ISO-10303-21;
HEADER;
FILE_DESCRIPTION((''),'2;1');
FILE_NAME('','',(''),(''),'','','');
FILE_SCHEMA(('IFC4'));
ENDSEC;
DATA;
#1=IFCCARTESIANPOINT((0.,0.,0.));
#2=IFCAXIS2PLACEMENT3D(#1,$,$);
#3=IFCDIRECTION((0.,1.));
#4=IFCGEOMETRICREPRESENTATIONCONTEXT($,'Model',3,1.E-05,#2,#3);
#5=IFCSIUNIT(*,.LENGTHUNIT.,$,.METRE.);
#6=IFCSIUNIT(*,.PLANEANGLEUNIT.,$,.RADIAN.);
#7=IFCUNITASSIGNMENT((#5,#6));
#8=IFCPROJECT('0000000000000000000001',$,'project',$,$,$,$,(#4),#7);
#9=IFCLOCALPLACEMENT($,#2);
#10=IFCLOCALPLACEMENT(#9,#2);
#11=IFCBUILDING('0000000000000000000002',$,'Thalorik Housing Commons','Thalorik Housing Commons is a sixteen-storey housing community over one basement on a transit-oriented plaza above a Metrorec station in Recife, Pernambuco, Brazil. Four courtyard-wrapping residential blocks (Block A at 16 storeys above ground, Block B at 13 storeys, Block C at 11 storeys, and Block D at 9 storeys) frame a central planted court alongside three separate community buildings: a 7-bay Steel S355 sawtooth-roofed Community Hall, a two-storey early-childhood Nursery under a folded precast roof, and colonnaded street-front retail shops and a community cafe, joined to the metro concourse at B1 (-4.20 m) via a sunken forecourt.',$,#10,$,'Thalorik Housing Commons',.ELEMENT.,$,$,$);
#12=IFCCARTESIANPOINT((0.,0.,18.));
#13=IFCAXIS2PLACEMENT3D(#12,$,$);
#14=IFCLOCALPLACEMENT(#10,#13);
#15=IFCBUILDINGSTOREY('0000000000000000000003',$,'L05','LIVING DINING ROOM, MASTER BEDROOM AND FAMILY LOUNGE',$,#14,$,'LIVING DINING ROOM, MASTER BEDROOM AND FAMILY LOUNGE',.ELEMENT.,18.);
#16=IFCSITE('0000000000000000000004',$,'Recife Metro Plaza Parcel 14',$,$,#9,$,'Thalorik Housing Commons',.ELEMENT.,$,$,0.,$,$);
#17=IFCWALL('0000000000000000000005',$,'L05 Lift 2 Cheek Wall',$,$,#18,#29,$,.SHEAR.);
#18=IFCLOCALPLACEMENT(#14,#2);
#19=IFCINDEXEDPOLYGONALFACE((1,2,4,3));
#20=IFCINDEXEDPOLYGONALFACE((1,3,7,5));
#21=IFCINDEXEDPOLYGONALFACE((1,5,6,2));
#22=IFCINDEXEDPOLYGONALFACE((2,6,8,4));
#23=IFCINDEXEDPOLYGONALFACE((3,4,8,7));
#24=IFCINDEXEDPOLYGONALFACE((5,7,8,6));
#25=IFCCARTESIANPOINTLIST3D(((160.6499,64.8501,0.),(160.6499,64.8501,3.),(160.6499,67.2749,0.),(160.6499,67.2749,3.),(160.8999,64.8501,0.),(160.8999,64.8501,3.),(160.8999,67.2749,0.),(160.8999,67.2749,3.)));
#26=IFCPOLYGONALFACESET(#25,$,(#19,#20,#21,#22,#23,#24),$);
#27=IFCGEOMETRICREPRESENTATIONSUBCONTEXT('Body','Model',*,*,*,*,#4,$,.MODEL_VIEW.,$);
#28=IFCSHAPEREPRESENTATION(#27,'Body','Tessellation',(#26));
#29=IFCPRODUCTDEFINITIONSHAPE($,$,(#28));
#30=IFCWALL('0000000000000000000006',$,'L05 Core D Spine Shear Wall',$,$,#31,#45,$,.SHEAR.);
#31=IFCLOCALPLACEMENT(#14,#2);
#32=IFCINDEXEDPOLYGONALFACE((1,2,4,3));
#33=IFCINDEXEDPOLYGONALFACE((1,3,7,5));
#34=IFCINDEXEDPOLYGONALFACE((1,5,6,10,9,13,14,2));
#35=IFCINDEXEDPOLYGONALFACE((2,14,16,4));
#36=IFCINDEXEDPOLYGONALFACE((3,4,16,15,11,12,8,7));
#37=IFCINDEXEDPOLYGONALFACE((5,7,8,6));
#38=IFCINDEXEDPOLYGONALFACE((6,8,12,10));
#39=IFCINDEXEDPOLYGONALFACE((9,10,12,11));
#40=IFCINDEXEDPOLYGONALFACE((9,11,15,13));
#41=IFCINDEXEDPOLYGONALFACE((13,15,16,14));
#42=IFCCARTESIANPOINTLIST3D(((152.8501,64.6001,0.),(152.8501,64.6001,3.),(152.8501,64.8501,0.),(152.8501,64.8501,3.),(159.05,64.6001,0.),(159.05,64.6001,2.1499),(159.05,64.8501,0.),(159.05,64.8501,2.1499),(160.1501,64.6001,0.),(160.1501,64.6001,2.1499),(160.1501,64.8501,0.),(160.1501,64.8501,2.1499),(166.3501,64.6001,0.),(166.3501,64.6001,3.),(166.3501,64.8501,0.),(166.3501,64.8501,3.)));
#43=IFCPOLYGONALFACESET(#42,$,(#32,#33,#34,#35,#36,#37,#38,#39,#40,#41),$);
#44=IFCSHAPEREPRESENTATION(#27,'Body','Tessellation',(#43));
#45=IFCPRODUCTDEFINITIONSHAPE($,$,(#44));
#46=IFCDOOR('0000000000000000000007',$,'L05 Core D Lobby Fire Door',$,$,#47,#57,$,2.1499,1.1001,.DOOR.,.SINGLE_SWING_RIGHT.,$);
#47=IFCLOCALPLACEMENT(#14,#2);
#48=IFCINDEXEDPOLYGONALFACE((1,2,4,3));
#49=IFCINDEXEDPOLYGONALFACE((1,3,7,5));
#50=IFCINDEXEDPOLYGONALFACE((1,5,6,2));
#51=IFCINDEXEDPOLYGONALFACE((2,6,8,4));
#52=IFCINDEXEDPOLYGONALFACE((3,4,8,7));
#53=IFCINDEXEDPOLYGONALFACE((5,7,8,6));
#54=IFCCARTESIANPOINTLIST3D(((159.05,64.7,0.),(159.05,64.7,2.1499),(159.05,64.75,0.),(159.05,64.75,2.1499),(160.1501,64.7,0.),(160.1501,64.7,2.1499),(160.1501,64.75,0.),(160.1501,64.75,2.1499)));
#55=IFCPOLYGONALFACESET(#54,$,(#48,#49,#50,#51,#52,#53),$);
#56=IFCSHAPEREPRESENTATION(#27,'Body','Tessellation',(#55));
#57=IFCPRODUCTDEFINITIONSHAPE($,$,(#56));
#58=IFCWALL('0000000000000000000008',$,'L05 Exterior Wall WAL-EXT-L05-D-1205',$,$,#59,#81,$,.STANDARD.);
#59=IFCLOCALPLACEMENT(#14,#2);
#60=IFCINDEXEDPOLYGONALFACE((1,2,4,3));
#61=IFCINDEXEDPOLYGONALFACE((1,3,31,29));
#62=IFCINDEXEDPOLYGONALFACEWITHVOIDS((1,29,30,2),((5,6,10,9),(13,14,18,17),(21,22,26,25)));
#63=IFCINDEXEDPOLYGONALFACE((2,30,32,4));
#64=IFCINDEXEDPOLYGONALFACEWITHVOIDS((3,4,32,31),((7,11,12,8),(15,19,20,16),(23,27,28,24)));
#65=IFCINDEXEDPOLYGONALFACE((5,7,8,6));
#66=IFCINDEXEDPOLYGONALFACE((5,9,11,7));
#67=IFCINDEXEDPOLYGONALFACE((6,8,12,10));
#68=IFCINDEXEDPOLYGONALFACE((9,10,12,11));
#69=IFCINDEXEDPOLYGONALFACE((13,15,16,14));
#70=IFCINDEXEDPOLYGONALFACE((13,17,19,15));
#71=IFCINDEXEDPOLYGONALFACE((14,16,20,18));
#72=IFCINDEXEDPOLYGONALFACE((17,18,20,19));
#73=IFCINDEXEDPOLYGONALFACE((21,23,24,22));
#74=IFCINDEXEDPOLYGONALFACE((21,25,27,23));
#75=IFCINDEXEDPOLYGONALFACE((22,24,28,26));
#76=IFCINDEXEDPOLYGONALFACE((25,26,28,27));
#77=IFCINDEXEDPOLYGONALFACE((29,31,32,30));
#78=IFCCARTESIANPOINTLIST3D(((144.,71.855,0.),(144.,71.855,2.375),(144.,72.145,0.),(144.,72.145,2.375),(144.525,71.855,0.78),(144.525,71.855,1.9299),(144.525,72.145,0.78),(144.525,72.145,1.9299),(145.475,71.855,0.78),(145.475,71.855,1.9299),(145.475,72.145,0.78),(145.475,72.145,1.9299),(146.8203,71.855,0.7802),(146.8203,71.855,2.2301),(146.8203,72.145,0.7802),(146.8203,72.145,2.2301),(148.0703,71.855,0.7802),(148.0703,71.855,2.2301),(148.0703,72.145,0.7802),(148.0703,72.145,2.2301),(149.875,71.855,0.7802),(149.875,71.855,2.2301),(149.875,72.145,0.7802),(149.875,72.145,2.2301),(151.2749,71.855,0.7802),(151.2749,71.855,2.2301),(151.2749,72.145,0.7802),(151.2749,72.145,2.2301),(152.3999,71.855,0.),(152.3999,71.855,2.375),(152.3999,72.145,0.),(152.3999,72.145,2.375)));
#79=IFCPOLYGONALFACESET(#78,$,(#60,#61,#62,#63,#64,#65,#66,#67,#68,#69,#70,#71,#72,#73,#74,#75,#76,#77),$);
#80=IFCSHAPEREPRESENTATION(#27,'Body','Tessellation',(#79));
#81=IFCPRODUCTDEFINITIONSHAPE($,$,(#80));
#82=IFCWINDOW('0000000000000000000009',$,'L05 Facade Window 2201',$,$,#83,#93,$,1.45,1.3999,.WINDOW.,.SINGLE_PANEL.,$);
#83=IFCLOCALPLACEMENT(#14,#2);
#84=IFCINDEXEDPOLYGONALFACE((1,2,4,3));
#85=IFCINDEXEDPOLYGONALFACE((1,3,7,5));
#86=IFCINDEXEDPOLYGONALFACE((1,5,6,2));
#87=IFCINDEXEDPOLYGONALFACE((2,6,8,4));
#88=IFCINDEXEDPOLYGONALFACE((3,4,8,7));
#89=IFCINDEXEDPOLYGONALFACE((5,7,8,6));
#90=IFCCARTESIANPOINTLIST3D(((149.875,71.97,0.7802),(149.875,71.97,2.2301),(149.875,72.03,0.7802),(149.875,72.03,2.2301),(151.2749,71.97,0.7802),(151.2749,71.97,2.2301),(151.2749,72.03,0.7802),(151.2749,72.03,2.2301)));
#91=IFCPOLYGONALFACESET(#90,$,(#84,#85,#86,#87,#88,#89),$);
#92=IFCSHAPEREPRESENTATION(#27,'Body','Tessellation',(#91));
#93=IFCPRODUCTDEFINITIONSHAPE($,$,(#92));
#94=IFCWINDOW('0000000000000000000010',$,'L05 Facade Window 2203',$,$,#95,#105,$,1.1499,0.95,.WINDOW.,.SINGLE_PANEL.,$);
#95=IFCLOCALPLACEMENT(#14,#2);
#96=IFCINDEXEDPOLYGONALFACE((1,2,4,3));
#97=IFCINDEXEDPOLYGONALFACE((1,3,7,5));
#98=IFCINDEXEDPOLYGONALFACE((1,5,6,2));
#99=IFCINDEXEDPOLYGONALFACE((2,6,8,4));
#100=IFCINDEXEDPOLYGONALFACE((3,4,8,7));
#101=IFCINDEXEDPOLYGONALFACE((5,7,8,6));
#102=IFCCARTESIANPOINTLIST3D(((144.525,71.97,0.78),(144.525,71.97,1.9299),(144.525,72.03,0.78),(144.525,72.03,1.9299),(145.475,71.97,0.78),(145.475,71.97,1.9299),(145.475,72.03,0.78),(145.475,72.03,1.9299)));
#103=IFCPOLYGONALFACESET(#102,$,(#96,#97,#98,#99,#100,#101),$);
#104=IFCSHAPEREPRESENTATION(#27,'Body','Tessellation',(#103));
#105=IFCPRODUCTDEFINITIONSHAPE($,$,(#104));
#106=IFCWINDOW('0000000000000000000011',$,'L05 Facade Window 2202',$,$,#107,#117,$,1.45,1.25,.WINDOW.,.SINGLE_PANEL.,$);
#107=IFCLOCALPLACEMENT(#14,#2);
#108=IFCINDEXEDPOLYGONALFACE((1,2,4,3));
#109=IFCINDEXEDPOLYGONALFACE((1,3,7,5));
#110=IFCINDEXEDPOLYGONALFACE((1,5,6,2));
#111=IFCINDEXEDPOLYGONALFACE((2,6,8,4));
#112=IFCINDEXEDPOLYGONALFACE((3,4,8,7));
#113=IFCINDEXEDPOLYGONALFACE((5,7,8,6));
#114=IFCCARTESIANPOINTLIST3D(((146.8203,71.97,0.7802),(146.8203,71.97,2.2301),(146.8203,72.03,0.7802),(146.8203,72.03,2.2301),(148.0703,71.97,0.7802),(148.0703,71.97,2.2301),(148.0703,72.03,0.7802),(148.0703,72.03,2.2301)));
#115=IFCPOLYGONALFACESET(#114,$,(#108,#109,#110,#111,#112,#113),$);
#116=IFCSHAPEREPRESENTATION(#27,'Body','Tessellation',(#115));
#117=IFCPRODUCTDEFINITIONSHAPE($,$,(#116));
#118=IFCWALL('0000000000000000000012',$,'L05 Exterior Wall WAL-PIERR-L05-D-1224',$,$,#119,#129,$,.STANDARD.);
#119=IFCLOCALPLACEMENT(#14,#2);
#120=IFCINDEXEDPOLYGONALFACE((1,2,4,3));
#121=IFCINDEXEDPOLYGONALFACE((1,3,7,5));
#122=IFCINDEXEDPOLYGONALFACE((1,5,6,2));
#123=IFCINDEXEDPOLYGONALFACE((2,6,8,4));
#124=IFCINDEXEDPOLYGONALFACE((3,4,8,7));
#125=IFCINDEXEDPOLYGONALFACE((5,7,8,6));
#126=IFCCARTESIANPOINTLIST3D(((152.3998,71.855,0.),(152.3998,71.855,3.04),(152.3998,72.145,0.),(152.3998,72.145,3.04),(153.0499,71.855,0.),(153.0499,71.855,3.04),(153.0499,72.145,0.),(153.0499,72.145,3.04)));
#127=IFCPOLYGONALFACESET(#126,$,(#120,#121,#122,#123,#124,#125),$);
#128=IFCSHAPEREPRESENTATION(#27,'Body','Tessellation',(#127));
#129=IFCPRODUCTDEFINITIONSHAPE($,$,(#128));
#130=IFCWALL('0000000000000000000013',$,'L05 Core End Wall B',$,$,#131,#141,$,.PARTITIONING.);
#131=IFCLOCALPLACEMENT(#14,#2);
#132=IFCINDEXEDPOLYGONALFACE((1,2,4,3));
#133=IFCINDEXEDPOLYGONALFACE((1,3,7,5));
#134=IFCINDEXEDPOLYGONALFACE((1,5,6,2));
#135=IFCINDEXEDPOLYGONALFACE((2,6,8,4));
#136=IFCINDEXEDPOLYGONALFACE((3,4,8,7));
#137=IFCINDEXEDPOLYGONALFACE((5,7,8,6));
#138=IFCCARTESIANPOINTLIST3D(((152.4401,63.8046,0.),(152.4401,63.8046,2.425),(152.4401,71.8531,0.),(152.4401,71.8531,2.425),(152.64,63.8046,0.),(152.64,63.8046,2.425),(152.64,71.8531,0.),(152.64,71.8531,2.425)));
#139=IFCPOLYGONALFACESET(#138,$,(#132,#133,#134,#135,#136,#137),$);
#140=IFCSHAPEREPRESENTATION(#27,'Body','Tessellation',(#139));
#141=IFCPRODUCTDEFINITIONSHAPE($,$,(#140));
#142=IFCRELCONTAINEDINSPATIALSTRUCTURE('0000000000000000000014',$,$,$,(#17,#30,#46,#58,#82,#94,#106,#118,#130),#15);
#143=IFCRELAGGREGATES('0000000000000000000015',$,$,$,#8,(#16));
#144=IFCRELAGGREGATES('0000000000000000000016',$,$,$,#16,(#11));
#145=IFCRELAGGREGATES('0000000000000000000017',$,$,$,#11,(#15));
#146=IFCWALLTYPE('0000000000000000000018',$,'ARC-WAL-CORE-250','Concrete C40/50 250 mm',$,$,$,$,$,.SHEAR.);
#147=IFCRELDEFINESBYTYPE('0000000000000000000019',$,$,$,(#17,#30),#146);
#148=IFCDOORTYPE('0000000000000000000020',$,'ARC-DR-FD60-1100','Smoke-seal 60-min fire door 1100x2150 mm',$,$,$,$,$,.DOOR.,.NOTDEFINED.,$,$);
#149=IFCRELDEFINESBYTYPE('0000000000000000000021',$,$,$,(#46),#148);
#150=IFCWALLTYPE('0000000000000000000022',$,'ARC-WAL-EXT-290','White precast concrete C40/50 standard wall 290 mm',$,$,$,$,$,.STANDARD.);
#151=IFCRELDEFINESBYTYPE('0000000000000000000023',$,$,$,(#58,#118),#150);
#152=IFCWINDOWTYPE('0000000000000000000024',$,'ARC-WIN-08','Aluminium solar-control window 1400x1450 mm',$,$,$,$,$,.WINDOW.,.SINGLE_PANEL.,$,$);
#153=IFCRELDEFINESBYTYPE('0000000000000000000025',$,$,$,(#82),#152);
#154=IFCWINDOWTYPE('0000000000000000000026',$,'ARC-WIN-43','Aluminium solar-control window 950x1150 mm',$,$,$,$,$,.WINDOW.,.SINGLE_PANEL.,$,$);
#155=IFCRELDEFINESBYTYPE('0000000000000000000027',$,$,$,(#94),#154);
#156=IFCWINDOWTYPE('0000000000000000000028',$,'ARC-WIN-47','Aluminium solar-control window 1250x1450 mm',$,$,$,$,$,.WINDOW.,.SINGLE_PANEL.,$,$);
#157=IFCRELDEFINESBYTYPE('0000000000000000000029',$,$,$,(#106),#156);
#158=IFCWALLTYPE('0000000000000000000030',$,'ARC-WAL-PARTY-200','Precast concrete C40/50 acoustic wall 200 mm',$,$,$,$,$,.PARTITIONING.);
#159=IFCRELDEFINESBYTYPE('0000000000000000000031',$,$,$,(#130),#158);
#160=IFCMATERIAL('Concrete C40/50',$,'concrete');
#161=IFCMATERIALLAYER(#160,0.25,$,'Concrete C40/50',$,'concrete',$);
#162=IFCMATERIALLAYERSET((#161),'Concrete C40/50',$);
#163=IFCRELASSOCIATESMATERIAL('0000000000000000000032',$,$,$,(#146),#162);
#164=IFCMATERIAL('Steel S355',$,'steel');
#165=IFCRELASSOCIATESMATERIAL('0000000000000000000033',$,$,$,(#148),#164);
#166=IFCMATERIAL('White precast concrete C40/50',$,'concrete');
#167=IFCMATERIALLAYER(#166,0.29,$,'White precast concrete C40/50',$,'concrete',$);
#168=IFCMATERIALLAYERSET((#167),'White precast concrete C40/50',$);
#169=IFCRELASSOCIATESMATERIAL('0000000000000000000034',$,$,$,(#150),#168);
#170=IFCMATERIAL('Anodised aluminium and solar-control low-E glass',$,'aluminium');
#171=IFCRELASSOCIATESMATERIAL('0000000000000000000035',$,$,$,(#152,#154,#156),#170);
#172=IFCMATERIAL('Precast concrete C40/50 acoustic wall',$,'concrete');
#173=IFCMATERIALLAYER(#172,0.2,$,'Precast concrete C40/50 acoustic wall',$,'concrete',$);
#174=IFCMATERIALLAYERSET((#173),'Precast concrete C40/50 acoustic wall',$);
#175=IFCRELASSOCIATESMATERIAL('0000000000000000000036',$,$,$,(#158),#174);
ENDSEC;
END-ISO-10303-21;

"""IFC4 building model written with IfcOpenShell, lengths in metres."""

from ifc_helpers import new_model, si_unit, direction, frame, frame_2d, origin, place, context, subcontext, project, spatial, rectangle, extrude, material, layer, layer_set, type_object, element, fill, save


model = new_model("IFC4")

# Units and contexts
model_context = context("Model", 3, precision=1e-05, world=origin(), true_north=direction((0.0, 1.0)))
body_context = subcontext(model_context, "Body", "Model", "MODEL_VIEW")
ifc_project = project(units=[si_unit("LENGTHUNIT", "METRE"), si_unit("PLANEANGLEUNIT", "RADIAN")], contexts=[model_context])

# Site, building, storey
site_placement = place(None, origin())
site = spatial("IfcSite", under=ifc_project, at=site_placement, Name="Recife Metro Plaza Parcel 14", LongName="Thalorik Housing Commons", CompositionType="ELEMENT", RefElevation=0.0)
building_placement = place(site_placement, origin())
building = spatial("IfcBuilding", under=site, at=building_placement, Name="Thalorik Housing Commons", Description="Thalorik Housing Commons is a sixteen-storey housing community over one basement on a transit-oriented plaza above a Metrorec station in Recife, Pernambuco, Brazil. Four courtyard-wrapping residential blocks (Block A at 16 storeys above ground, Block B at 13 storeys, Block C at 11 storeys, and Block D at 9 storeys) frame a central planted court alongside three separate community buildings: a 7-bay Steel S355 sawtooth-roofed Community Hall, a two-storey early-childhood Nursery under a folded precast roof, and colonnaded street-front retail shops and a community cafe, joined to the metro concourse at B1 (-4.20 m) via a sunken forecourt.", LongName="Thalorik Housing Commons", CompositionType="ELEMENT")
storey_placement = place(building_placement, frame((0.0, 0.0, 18.0)))
storey = spatial("IfcBuildingStorey", under=building, at=storey_placement, Name="L05", Description="LIVING DINING ROOM, MASTER BEDROOM AND FAMILY LOUNGE", LongName="LIVING DINING ROOM, MASTER BEDROOM AND FAMILY LOUNGE", CompositionType="ELEMENT", Elevation=18.0)

# Shared definitions
ifc_material_1 = material(Name="Anodised aluminium and solar-control low-E glass", Category="aluminium")

# Shared definitions
ifc_material_2 = material(Name="Concrete C40/50", Category="concrete")
ifc_layer_1 = layer(ifc_material_2, 0.25, Name="Concrete C40/50", Category="concrete")
ifc_layer_set_1 = layer_set([ifc_layer_1], Name="Concrete C40/50")
wall_type_1 = type_object("IfcWallType", Name="ARC-WAL-CORE-250", Description="Concrete C40/50 250 mm", PredefinedType="SHEAR", material=ifc_layer_set_1)
ifc_material_3 = material(Name="Steel S355", Category="steel")

# Wall
for number, where, z_axis, x_axis, name in (
    (1, (160.7749, 67.2749, 0.0), (0.0, 0.0, 1.0), (0.0, -1.0, 0.0), "L05 Lift 2 Cheek Wall"),
):
    element("IfcWall", number, at=place(storey_placement, frame(where, z_axis=z_axis, x_axis=x_axis)), inside=storey, type_object=wall_type_1, Name=name, PredefinedType="SHEAR", context=body_context, shape_type="SweptSolid", body=[
        extrude(rectangle(XDim=2.4248, YDim=0.25, at=frame_2d((1.2124, 0.0))), origin(), (0.0, 0.0, 1.0), 3.0),
    ])

# Wall, opening, door
wall_1_placement = place(storey_placement, frame((152.8501, 64.7251, 0.0), z_axis=(0.0, 0.0, 1.0), x_axis=(1.0, 0.0, 0.0)))
wall_1 = element("IfcWall", 2, at=wall_1_placement, inside=storey, type_object=wall_type_1, Name="L05 Core D Spine Shear Wall", PredefinedType="SHEAR", context=body_context, shape_type="SweptSolid", body=[
    extrude(rectangle(XDim=13.5, YDim=0.25, at=frame_2d((6.75, 0.0))), origin(), (0.0, 0.0, 1.0), 3.0),
])
opening_1_placement = place(wall_1_placement, frame((6.2, 0.0, 0.0)))
opening_1 = element("IfcOpeningElement", 3, at=opening_1_placement, cuts=wall_1, PredefinedType="OPENING", context=body_context, shape_type="SweptSolid", body=[
    extrude(rectangle(XDim=1.1001, YDim=2.1499, at=frame_2d((0.55, 1.075))), frame((0.0, 0.135, 0.0), z_axis=(0.0, -1.0, 0.0), x_axis=(1.0, 0.0, 0.0)), (0.0, 0.0, 1.0), 0.27),
])
door_type_1 = type_object("IfcDoorType", Name="ARC-DR-FD60-1100", Description="Smoke-seal 60-min fire door 1100x2150 mm", OperationType="NOTDEFINED", PredefinedType="DOOR", material=ifc_material_3)
door_1_placement = place(opening_1_placement, origin())
door_1 = element("IfcDoor", 4, at=door_1_placement, inside=storey, type_object=door_type_1, Name="L05 Core D Lobby Fire Door", OperationType="SINGLE_SWING_RIGHT", OverallHeight=2.1499, OverallWidth=1.1001, PredefinedType="DOOR", context=body_context, shape_type="SweptSolid", body=[
    extrude(rectangle(XDim=1.1001, YDim=2.1499, at=frame_2d((0.55, 1.075))), frame((0.0, 0.0249, 0.0), z_axis=(0.0, -1.0, 0.0), x_axis=(1.0, 0.0, 0.0)), (0.0, 0.0, 1.0), 0.05),
])
fill(opening_1, door_1)

# Wall, openings, windows
ifc_material_4 = material(Name="White precast concrete C40/50", Category="concrete")
ifc_layer_2 = layer(ifc_material_4, 0.29, Name="White precast concrete C40/50", Category="concrete")
ifc_layer_set_2 = layer_set([ifc_layer_2], Name="White precast concrete C40/50")
wall_type_2 = type_object("IfcWallType", Name="ARC-WAL-EXT-290", Description="White precast concrete C40/50 standard wall 290 mm", PredefinedType="STANDARD", material=ifc_layer_set_2)
wall_2_placement = place(storey_placement, frame((152.3999, 72.0, 0.0), z_axis=(0.0, 0.0, 1.0), x_axis=(-1.0, 0.0, 0.0)))
wall_2 = element("IfcWall", 5, at=wall_2_placement, inside=storey, type_object=wall_type_2, Name="L05 Exterior Wall WAL-EXT-L05-D-1205", PredefinedType="STANDARD", context=body_context, shape_type="SweptSolid", body=[
    extrude(rectangle(XDim=8.3999, YDim=0.29, at=frame_2d((4.2, 0.0))), origin(), (0.0, 0.0, 1.0), 2.375),
])
opening_2_placement = place(wall_2_placement, frame((1.125, 0.0, 0.78)))
opening_2 = element("IfcOpeningElement", 6, at=opening_2_placement, cuts=wall_2, PredefinedType="OPENING", context=body_context, shape_type="SweptSolid", body=[
    extrude(rectangle(XDim=1.3999, YDim=1.45, at=frame_2d((0.7, 0.7251))), frame((0.0, 0.155, 0.0), z_axis=(0.0, -1.0, 0.0), x_axis=(1.0, 0.0, 0.0)), (0.0, 0.0, 1.0), 0.3101),
])
opening_3_placement = place(wall_2_placement, frame((4.3296, 0.0, 0.78)))
opening_3 = element("IfcOpeningElement", 7, at=opening_3_placement, cuts=wall_2, PredefinedType="OPENING", context=body_context, shape_type="SweptSolid", body=[
    extrude(rectangle(XDim=1.25, YDim=1.45, at=frame_2d((0.625, 0.7251))), frame((0.0, 0.155, 0.0), z_axis=(0.0, -1.0, 0.0), x_axis=(1.0, 0.0, 0.0)), (0.0, 0.0, 1.0), 0.3101),
])
opening_4_placement = place(wall_2_placement, frame((6.9248, 0.0, 0.78)))
opening_4 = element("IfcOpeningElement", 8, at=opening_4_placement, cuts=wall_2, PredefinedType="OPENING", context=body_context, shape_type="SweptSolid", body=[
    extrude(rectangle(XDim=0.95, YDim=1.1499, at=frame_2d((0.4751, 0.575))), frame((0.0, 0.155, 0.0), z_axis=(0.0, -1.0, 0.0), x_axis=(1.0, 0.0, 0.0)), (0.0, 0.0, 1.0), 0.3101),
])
window_type_1 = type_object("IfcWindowType", Name="ARC-WIN-08", Description="Aluminium solar-control window 1400x1450 mm", PartitioningType="SINGLE_PANEL", PredefinedType="WINDOW", material=ifc_material_1)
window_1_placement = place(opening_2_placement, origin())
window_1 = element("IfcWindow", 9, at=window_1_placement, inside=storey, type_object=window_type_1, Name="L05 Facade Window 2201", OverallHeight=1.45, OverallWidth=1.3999, PartitioningType="SINGLE_PANEL", PredefinedType="WINDOW", context=body_context, shape_type="SweptSolid", body=[
    extrude(rectangle(XDim=1.3999, YDim=1.45, at=frame_2d((0.7, 0.7251))), frame((0.0, 0.03, 0.0), z_axis=(0.0, -1.0, 0.0), x_axis=(1.0, 0.0, 0.0)), (0.0, 0.0, 1.0), 0.0601),
])
fill(opening_2, window_1)
window_type_2 = type_object("IfcWindowType", Name="ARC-WIN-43", Description="Aluminium solar-control window 950x1150 mm", PartitioningType="SINGLE_PANEL", PredefinedType="WINDOW", material=ifc_material_1)
window_2_placement = place(opening_4_placement, origin())
window_2 = element("IfcWindow", 10, at=window_2_placement, inside=storey, type_object=window_type_2, Name="L05 Facade Window 2203", OverallHeight=1.1499, OverallWidth=0.95, PartitioningType="SINGLE_PANEL", PredefinedType="WINDOW", context=body_context, shape_type="SweptSolid", body=[
    extrude(rectangle(XDim=0.95, YDim=1.1499, at=frame_2d((0.4751, 0.575))), frame((0.0, 0.03, 0.0), z_axis=(0.0, -1.0, 0.0), x_axis=(1.0, 0.0, 0.0)), (0.0, 0.0, 1.0), 0.0601),
])
fill(opening_4, window_2)
window_type_3 = type_object("IfcWindowType", Name="ARC-WIN-47", Description="Aluminium solar-control window 1250x1450 mm", PartitioningType="SINGLE_PANEL", PredefinedType="WINDOW", material=ifc_material_1)
window_3_placement = place(opening_3_placement, origin())
window_3 = element("IfcWindow", 11, at=window_3_placement, inside=storey, type_object=window_type_3, Name="L05 Facade Window 2202", OverallHeight=1.45, OverallWidth=1.25, PartitioningType="SINGLE_PANEL", PredefinedType="WINDOW", context=body_context, shape_type="SweptSolid", body=[
    extrude(rectangle(XDim=1.25, YDim=1.45, at=frame_2d((0.625, 0.7251))), frame((0.0, 0.03, 0.0), z_axis=(0.0, -1.0, 0.0), x_axis=(1.0, 0.0, 0.0)), (0.0, 0.0, 1.0), 0.0601),
])
fill(opening_3, window_3)

# Walls
wall_3_placement = place(storey_placement, frame((153.05, 72.0, 0.0), z_axis=(0.0, 0.0, 1.0), x_axis=(-1.0, 0.0, 0.0)))
element("IfcWall", 12, at=wall_3_placement, inside=storey, type_object=wall_type_2, Name="L05 Exterior Wall WAL-PIERR-L05-D-1224", PredefinedType="STANDARD", context=body_context, shape_type="SweptSolid", body=[
    extrude(rectangle(XDim=0.6501, YDim=0.29, at=frame_2d((0.3252, 0.0))), origin(), (0.0, 0.0, 1.0), 3.04),
])
ifc_material_5 = material(Name="Precast concrete C40/50 acoustic wall", Category="concrete")
ifc_layer_3 = layer(ifc_material_5, 0.2, Name="Precast concrete C40/50 acoustic wall", Category="concrete")
ifc_layer_set_3 = layer_set([ifc_layer_3], Name="Precast concrete C40/50 acoustic wall")
wall_type_3 = type_object("IfcWallType", Name="ARC-WAL-PARTY-200", Description="Precast concrete C40/50 acoustic wall 200 mm", PredefinedType="PARTITIONING", material=ifc_layer_set_3)
wall_4_placement = place(storey_placement, frame((152.54, 63.8044, 0.0), z_axis=(0.0, 0.0, 1.0), x_axis=(0.0, 1.0, 0.0)))
element("IfcWall", 13, at=wall_4_placement, inside=storey, type_object=wall_type_3, Name="L05 Core End Wall B", PredefinedType="PARTITIONING", context=body_context, shape_type="SweptSolid", body=[
    extrude(rectangle(XDim=8.0486, YDim=0.2, at=frame_2d((4.0244, 0.0))), origin(), (0.0, 0.0, 1.0), 2.425),
])

save(model, "model.ifc")
